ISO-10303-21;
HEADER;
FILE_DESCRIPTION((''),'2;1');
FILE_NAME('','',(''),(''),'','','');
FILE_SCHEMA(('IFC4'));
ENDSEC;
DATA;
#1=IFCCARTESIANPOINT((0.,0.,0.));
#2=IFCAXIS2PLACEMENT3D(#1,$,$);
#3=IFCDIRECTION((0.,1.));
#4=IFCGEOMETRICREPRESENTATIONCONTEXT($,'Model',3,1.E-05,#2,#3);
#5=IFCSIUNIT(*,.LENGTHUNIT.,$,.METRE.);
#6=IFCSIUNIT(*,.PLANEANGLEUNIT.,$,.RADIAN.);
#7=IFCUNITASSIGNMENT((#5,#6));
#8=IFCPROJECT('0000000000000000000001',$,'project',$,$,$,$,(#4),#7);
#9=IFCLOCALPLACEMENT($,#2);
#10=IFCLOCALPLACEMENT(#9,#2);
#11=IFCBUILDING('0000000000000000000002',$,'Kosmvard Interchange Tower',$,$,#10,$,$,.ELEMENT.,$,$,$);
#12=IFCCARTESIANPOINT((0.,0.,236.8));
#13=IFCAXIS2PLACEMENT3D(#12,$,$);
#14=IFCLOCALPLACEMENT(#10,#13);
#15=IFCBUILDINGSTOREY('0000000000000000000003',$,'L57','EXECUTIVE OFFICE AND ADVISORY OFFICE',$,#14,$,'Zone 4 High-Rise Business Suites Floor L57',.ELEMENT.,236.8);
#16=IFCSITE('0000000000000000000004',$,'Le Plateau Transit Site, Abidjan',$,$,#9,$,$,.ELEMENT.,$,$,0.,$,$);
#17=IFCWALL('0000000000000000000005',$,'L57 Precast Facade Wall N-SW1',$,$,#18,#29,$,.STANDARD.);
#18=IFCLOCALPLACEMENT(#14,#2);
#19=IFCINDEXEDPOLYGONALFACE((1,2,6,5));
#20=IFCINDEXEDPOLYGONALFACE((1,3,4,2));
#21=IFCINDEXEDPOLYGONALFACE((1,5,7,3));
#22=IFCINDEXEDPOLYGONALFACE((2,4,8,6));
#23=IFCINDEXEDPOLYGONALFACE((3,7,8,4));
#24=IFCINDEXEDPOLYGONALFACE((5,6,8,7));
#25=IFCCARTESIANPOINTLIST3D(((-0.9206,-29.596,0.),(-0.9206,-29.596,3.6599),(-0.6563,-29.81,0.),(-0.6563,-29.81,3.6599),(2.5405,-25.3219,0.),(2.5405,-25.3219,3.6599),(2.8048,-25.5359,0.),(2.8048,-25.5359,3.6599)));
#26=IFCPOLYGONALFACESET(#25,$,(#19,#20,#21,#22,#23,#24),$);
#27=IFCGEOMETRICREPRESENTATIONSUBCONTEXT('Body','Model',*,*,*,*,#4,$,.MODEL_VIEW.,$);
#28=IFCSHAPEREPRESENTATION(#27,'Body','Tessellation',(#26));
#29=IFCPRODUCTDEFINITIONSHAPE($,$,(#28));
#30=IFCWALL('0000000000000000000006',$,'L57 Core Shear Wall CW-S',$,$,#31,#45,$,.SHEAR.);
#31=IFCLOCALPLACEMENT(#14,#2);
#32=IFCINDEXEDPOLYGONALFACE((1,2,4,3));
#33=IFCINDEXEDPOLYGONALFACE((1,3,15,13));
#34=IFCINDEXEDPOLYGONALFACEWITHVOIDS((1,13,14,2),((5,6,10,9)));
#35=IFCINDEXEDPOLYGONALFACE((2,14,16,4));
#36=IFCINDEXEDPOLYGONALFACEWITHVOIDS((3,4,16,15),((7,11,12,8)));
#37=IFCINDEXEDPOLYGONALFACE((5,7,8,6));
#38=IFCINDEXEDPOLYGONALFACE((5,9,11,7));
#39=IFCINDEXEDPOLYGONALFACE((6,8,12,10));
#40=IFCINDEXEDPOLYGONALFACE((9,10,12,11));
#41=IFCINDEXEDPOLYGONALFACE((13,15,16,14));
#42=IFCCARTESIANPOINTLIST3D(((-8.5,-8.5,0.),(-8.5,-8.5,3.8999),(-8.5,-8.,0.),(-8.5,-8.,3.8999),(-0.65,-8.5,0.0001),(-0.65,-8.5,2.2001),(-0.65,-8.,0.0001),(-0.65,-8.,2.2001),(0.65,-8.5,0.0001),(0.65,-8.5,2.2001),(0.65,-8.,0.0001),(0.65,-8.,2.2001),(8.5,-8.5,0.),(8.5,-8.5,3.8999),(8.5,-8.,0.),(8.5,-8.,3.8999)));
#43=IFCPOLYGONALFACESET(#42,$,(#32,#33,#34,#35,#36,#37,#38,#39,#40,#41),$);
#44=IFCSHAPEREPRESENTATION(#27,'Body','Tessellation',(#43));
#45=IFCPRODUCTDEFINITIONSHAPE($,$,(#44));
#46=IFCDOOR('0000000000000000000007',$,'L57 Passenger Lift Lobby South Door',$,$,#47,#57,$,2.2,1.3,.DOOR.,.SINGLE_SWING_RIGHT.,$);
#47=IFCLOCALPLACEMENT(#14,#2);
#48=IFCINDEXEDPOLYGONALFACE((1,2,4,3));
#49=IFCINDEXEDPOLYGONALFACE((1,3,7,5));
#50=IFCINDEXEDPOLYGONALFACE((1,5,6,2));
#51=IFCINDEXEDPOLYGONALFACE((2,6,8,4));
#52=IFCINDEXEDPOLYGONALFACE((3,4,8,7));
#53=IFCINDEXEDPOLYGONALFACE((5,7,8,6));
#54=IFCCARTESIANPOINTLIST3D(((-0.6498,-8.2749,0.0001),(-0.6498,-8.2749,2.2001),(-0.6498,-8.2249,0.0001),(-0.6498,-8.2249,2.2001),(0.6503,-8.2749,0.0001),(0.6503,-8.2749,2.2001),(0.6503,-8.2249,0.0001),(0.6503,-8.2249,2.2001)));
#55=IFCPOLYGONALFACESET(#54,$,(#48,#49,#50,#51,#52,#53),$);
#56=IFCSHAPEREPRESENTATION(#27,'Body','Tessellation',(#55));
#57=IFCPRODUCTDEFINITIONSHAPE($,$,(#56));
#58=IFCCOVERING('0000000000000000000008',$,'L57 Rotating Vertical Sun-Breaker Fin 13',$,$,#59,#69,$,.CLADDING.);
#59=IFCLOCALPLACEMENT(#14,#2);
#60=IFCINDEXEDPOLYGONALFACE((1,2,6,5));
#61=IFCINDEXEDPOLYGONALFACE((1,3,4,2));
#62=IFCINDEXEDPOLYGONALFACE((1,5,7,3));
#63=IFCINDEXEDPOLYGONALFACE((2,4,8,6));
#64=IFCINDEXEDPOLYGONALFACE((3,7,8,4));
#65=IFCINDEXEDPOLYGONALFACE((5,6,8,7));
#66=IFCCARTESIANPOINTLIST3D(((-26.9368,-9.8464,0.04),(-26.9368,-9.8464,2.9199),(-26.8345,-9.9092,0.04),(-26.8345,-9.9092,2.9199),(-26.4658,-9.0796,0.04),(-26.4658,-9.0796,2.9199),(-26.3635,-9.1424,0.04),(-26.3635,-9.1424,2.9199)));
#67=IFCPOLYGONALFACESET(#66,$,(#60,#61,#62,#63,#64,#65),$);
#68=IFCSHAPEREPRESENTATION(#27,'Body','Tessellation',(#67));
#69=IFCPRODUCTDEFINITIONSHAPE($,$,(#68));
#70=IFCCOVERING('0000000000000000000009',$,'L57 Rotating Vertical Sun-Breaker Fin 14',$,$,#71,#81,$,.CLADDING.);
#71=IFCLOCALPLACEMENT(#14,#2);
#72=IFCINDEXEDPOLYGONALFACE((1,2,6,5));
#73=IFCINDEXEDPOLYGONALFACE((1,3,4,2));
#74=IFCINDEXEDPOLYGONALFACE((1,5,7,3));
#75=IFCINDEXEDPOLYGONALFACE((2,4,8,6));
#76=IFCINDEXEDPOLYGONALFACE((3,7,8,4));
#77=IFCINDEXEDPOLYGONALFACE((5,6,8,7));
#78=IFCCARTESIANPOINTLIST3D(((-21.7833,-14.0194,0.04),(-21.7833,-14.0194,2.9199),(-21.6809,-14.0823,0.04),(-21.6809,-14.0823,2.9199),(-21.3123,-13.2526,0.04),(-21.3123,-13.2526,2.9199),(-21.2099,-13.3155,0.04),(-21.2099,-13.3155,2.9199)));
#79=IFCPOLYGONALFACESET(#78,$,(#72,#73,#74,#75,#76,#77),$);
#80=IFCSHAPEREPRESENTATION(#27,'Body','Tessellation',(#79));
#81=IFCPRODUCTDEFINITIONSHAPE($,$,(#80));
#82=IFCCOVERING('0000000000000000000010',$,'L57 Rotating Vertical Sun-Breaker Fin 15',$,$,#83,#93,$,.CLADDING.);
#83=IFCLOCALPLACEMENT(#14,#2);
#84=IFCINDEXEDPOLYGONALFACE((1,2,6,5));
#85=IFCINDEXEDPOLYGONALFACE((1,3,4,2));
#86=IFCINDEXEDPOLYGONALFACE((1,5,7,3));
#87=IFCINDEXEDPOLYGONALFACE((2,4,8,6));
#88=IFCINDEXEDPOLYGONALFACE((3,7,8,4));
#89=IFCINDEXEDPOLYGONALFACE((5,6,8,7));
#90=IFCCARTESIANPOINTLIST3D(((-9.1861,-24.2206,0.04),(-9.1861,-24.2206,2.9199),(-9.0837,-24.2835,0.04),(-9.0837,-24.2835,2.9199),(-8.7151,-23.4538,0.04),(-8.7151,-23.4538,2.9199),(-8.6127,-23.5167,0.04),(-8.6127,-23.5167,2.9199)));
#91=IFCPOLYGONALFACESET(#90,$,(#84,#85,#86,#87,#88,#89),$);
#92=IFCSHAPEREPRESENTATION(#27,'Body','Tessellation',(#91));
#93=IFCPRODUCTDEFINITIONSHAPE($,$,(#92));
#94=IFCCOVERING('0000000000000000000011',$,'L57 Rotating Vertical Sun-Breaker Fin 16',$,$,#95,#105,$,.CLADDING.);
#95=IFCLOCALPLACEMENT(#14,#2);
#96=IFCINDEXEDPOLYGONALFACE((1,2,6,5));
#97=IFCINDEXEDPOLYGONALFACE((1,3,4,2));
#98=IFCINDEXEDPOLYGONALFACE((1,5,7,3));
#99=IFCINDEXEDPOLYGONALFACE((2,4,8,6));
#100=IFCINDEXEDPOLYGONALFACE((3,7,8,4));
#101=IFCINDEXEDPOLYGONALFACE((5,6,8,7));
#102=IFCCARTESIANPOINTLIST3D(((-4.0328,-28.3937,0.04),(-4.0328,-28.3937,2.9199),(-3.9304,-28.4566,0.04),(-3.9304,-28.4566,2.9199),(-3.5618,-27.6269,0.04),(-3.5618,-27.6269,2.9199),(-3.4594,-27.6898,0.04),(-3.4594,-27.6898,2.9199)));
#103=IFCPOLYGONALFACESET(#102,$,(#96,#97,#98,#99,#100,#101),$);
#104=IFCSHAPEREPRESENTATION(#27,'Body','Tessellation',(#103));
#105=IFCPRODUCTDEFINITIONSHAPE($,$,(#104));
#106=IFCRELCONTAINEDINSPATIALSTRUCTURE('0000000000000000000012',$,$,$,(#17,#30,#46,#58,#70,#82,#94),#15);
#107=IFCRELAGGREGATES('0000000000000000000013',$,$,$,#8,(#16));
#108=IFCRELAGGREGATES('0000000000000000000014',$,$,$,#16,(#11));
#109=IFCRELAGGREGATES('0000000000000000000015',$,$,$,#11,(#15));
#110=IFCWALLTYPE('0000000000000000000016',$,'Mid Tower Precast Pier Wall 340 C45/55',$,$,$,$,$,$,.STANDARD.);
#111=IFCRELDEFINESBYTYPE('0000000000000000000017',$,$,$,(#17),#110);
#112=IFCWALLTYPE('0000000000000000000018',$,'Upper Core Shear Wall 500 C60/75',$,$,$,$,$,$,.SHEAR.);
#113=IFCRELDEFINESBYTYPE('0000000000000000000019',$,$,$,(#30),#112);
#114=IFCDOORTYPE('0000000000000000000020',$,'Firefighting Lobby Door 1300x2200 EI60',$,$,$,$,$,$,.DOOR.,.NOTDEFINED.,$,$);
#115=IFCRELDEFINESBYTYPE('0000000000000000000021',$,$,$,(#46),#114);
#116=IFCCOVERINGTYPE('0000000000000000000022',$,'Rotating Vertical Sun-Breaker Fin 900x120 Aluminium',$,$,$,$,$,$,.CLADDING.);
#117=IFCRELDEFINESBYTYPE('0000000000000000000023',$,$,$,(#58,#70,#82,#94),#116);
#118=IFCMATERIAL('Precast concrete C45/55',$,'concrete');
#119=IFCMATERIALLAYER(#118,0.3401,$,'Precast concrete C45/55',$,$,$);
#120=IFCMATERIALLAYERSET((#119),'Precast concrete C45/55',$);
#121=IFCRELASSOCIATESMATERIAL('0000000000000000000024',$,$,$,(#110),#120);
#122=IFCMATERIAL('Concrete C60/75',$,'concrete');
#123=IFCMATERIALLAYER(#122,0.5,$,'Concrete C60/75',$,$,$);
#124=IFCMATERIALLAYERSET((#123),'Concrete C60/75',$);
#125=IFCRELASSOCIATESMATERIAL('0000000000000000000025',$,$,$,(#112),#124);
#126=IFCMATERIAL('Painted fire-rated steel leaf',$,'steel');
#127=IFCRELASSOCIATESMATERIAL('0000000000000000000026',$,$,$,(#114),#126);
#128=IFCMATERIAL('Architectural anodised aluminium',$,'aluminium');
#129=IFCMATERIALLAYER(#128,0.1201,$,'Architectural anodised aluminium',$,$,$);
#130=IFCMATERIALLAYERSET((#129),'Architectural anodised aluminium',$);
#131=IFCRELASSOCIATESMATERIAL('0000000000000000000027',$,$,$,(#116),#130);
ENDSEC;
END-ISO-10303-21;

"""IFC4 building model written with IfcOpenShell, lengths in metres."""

from ifc_helpers import new_model, si_unit, direction, frame, frame_2d, origin, origin_2d, place, context, subcontext, project, spatial, rectangle, extrude, source, transform, mapped, material, layer, layer_set, type_object, element, fill, save


model = new_model("IFC4")

# Units and contexts
model_context = context("Model", 3, precision=1e-05, world=origin(), true_north=direction((0.0, 1.0)))
body_context = subcontext(model_context, "Body", "Model", "MODEL_VIEW")
ifc_project = project(units=[si_unit("LENGTHUNIT", "METRE"), si_unit("PLANEANGLEUNIT", "RADIAN")], contexts=[model_context])

# Site, building, storey
site_placement = place(None, origin())
site = spatial("IfcSite", under=ifc_project, at=site_placement, Name="Le Plateau Transit Site, Abidjan", CompositionType="ELEMENT", RefElevation=0.0)
building_placement = place(site_placement, origin())
building = spatial("IfcBuilding", under=site, at=building_placement, Name="Kosmvard Interchange Tower", CompositionType="ELEMENT")
storey_placement = place(building_placement, frame((0.0, 0.0, 236.8)))
storey = spatial("IfcBuildingStorey", under=building, at=storey_placement, Name="L57", Description="EXECUTIVE OFFICE AND ADVISORY OFFICE", LongName="Zone 4 High-Rise Business Suites Floor L57", CompositionType="ELEMENT", Elevation=236.8)

# Shared definitions
ifc_material_1 = material(Name="Concrete C60/75", Category="concrete")

# Shared definitions
ifc_material_2 = material(Name="Precast concrete C45/55", Category="concrete")

# Wall
ifc_layer_1 = layer(ifc_material_2, 0.3401, Name="Precast concrete C45/55")
ifc_layer_set_1 = layer_set([ifc_layer_1], Name="Precast concrete C45/55")
wall_type_1 = type_object("IfcWallType", Name="Mid Tower Precast Pier Wall 340 C45/55", PredefinedType="STANDARD", material=ifc_layer_set_1)
wall_1_placement = place(storey_placement, frame((-0.7886, -29.7031, 0.0), z_axis=(0.0, 0.0, 1.0), x_axis=(0.629323, 0.777144, 0.0)))
element("IfcWall", 1, at=wall_1_placement, inside=storey, type_object=wall_type_1, Name="L57 Precast Facade Wall N-SW1", PredefinedType="STANDARD", context=body_context, shape_type="SweptSolid", body=[
    extrude(rectangle(XDim=5.4998, YDim=0.3401, at=frame_2d((2.75, 0.0))), origin(), (0.0, 0.0, 1.0), 3.6599),
])

# Wall, opening, door
ifc_layer_2 = layer(ifc_material_1, 0.5, Name="Concrete C60/75")
ifc_layer_set_2 = layer_set([ifc_layer_2], Name="Concrete C60/75")
wall_type_2 = type_object("IfcWallType", Name="Upper Core Shear Wall 500 C60/75", PredefinedType="SHEAR", material=ifc_layer_set_2)
wall_2_placement = place(storey_placement, frame((-8.5, -8.25, 0.0), z_axis=(0.0, 0.0, 1.0), x_axis=(1.0, 0.0, 0.0)))
wall_2 = element("IfcWall", 2, at=wall_2_placement, inside=storey, type_object=wall_type_2, Name="L57 Core Shear Wall CW-S", PredefinedType="SHEAR", context=body_context, shape_type="SweptSolid", body=[
    extrude(rectangle(XDim=17.0, YDim=0.5, at=frame_2d((8.5, 0.0))), origin(), (0.0, 0.0, 1.0), 3.8999),
])
opening_1_placement = place(wall_2_placement, frame((7.8501, 0.0, 0.0)))
opening_1 = element("IfcOpeningElement", 3, at=opening_1_placement, cuts=wall_2, PredefinedType="OPENING", context=body_context, shape_type="SweptSolid", body=[
    extrude(rectangle(XDim=1.3, YDim=2.2, at=frame_2d((0.6499, 1.1001))), frame((0.0, 0.26, 0.0), z_axis=(0.0, -1.0, 0.0), x_axis=(1.0, 0.0, 0.0)), (0.0, 0.0, 1.0), 0.52),
])
ifc_material_3 = material(Name="Painted fire-rated steel leaf", Category="steel")
door_type_1 = type_object("IfcDoorType", Name="Firefighting Lobby Door 1300x2200 EI60", OperationType="NOTDEFINED", PredefinedType="DOOR", material=ifc_material_3)
shared_shape_1 = source(origin(), body_context, "Body", "SweptSolid", [
    extrude(rectangle(XDim=1.3, YDim=2.2, at=frame_2d((0.6499, 1.1001))), frame((0.0, 0.0249, 0.0), z_axis=(0.0, -1.0, 0.0), x_axis=(1.0, 0.0, 0.0)), (0.0, 0.0, 1.0), 0.05),
])
door_1_placement = place(opening_1_placement, frame((1.3, 0.0, 0.0), z_axis=(0.0, 0.0, 1.0), x_axis=(-1.0, 0.0, 0.0)))
door_1 = element("IfcDoor", 4, at=door_1_placement, inside=storey, type_object=door_type_1, Name="L57 Passenger Lift Lobby South Door", OperationType="SINGLE_SWING_RIGHT", OverallHeight=2.2, OverallWidth=1.3, PredefinedType="DOOR", context=body_context, shape_type="MappedRepresentation", body=[
    mapped(shared_shape_1, transform((0.0, 0.0, 0.0), scale=1.0)),
])
fill(opening_1, door_1)

# Coverings
ifc_material_4 = material(Name="Architectural anodised aluminium", Category="aluminium")
ifc_layer_3 = layer(ifc_material_4, 0.1201, Name="Architectural anodised aluminium")
ifc_layer_set_3 = layer_set([ifc_layer_3], Name="Architectural anodised aluminium")
covering_type = type_object("IfcCoveringType", Name="Rotating Vertical Sun-Breaker Fin 900x120 Aluminium", PredefinedType="CLADDING", material=ifc_layer_set_3)
shared_shape_2 = source(origin(), body_context, "Body", "SweptSolid", [
    extrude(rectangle(XDim=0.8999, YDim=0.1201, at=origin_2d()), origin(), (0.0, 0.0, 1.0), 2.8799),
])
for number, where, z_axis, x_axis, name in (
    (5, (-26.6501, -9.4944, 0.04), (0.0, 0.0, 1.0), (-0.523391, -0.852093, 0.0), "L57 Rotating Vertical Sun-Breaker Fin 13"),
    (6, (-21.4966, -13.6675, 0.04), (0.0, 0.0, 1.0), (-0.523391, -0.852093, 0.0), "L57 Rotating Vertical Sun-Breaker Fin 14"),
    (7, (-8.8994, -23.8687, 0.04), (0.0, 0.0, 1.0), (-0.523391, -0.852093, 0.0), "L57 Rotating Vertical Sun-Breaker Fin 15"),
    (8, (-3.7461, -28.0417, 0.04), (0.0, 0.0, 1.0), (-0.523391, -0.852093, 0.0), "L57 Rotating Vertical Sun-Breaker Fin 16"),
):
    element("IfcCovering", number, at=place(storey_placement, frame(where, z_axis=z_axis, x_axis=x_axis)), inside=storey, type_object=covering_type, Name=name, PredefinedType="CLADDING", context=body_context, shape_type="MappedRepresentation", body=[
        mapped(shared_shape_2, transform((0.0, 0.0, 0.0), scale=1.0)),
    ])

save(model, "model.ifc")
